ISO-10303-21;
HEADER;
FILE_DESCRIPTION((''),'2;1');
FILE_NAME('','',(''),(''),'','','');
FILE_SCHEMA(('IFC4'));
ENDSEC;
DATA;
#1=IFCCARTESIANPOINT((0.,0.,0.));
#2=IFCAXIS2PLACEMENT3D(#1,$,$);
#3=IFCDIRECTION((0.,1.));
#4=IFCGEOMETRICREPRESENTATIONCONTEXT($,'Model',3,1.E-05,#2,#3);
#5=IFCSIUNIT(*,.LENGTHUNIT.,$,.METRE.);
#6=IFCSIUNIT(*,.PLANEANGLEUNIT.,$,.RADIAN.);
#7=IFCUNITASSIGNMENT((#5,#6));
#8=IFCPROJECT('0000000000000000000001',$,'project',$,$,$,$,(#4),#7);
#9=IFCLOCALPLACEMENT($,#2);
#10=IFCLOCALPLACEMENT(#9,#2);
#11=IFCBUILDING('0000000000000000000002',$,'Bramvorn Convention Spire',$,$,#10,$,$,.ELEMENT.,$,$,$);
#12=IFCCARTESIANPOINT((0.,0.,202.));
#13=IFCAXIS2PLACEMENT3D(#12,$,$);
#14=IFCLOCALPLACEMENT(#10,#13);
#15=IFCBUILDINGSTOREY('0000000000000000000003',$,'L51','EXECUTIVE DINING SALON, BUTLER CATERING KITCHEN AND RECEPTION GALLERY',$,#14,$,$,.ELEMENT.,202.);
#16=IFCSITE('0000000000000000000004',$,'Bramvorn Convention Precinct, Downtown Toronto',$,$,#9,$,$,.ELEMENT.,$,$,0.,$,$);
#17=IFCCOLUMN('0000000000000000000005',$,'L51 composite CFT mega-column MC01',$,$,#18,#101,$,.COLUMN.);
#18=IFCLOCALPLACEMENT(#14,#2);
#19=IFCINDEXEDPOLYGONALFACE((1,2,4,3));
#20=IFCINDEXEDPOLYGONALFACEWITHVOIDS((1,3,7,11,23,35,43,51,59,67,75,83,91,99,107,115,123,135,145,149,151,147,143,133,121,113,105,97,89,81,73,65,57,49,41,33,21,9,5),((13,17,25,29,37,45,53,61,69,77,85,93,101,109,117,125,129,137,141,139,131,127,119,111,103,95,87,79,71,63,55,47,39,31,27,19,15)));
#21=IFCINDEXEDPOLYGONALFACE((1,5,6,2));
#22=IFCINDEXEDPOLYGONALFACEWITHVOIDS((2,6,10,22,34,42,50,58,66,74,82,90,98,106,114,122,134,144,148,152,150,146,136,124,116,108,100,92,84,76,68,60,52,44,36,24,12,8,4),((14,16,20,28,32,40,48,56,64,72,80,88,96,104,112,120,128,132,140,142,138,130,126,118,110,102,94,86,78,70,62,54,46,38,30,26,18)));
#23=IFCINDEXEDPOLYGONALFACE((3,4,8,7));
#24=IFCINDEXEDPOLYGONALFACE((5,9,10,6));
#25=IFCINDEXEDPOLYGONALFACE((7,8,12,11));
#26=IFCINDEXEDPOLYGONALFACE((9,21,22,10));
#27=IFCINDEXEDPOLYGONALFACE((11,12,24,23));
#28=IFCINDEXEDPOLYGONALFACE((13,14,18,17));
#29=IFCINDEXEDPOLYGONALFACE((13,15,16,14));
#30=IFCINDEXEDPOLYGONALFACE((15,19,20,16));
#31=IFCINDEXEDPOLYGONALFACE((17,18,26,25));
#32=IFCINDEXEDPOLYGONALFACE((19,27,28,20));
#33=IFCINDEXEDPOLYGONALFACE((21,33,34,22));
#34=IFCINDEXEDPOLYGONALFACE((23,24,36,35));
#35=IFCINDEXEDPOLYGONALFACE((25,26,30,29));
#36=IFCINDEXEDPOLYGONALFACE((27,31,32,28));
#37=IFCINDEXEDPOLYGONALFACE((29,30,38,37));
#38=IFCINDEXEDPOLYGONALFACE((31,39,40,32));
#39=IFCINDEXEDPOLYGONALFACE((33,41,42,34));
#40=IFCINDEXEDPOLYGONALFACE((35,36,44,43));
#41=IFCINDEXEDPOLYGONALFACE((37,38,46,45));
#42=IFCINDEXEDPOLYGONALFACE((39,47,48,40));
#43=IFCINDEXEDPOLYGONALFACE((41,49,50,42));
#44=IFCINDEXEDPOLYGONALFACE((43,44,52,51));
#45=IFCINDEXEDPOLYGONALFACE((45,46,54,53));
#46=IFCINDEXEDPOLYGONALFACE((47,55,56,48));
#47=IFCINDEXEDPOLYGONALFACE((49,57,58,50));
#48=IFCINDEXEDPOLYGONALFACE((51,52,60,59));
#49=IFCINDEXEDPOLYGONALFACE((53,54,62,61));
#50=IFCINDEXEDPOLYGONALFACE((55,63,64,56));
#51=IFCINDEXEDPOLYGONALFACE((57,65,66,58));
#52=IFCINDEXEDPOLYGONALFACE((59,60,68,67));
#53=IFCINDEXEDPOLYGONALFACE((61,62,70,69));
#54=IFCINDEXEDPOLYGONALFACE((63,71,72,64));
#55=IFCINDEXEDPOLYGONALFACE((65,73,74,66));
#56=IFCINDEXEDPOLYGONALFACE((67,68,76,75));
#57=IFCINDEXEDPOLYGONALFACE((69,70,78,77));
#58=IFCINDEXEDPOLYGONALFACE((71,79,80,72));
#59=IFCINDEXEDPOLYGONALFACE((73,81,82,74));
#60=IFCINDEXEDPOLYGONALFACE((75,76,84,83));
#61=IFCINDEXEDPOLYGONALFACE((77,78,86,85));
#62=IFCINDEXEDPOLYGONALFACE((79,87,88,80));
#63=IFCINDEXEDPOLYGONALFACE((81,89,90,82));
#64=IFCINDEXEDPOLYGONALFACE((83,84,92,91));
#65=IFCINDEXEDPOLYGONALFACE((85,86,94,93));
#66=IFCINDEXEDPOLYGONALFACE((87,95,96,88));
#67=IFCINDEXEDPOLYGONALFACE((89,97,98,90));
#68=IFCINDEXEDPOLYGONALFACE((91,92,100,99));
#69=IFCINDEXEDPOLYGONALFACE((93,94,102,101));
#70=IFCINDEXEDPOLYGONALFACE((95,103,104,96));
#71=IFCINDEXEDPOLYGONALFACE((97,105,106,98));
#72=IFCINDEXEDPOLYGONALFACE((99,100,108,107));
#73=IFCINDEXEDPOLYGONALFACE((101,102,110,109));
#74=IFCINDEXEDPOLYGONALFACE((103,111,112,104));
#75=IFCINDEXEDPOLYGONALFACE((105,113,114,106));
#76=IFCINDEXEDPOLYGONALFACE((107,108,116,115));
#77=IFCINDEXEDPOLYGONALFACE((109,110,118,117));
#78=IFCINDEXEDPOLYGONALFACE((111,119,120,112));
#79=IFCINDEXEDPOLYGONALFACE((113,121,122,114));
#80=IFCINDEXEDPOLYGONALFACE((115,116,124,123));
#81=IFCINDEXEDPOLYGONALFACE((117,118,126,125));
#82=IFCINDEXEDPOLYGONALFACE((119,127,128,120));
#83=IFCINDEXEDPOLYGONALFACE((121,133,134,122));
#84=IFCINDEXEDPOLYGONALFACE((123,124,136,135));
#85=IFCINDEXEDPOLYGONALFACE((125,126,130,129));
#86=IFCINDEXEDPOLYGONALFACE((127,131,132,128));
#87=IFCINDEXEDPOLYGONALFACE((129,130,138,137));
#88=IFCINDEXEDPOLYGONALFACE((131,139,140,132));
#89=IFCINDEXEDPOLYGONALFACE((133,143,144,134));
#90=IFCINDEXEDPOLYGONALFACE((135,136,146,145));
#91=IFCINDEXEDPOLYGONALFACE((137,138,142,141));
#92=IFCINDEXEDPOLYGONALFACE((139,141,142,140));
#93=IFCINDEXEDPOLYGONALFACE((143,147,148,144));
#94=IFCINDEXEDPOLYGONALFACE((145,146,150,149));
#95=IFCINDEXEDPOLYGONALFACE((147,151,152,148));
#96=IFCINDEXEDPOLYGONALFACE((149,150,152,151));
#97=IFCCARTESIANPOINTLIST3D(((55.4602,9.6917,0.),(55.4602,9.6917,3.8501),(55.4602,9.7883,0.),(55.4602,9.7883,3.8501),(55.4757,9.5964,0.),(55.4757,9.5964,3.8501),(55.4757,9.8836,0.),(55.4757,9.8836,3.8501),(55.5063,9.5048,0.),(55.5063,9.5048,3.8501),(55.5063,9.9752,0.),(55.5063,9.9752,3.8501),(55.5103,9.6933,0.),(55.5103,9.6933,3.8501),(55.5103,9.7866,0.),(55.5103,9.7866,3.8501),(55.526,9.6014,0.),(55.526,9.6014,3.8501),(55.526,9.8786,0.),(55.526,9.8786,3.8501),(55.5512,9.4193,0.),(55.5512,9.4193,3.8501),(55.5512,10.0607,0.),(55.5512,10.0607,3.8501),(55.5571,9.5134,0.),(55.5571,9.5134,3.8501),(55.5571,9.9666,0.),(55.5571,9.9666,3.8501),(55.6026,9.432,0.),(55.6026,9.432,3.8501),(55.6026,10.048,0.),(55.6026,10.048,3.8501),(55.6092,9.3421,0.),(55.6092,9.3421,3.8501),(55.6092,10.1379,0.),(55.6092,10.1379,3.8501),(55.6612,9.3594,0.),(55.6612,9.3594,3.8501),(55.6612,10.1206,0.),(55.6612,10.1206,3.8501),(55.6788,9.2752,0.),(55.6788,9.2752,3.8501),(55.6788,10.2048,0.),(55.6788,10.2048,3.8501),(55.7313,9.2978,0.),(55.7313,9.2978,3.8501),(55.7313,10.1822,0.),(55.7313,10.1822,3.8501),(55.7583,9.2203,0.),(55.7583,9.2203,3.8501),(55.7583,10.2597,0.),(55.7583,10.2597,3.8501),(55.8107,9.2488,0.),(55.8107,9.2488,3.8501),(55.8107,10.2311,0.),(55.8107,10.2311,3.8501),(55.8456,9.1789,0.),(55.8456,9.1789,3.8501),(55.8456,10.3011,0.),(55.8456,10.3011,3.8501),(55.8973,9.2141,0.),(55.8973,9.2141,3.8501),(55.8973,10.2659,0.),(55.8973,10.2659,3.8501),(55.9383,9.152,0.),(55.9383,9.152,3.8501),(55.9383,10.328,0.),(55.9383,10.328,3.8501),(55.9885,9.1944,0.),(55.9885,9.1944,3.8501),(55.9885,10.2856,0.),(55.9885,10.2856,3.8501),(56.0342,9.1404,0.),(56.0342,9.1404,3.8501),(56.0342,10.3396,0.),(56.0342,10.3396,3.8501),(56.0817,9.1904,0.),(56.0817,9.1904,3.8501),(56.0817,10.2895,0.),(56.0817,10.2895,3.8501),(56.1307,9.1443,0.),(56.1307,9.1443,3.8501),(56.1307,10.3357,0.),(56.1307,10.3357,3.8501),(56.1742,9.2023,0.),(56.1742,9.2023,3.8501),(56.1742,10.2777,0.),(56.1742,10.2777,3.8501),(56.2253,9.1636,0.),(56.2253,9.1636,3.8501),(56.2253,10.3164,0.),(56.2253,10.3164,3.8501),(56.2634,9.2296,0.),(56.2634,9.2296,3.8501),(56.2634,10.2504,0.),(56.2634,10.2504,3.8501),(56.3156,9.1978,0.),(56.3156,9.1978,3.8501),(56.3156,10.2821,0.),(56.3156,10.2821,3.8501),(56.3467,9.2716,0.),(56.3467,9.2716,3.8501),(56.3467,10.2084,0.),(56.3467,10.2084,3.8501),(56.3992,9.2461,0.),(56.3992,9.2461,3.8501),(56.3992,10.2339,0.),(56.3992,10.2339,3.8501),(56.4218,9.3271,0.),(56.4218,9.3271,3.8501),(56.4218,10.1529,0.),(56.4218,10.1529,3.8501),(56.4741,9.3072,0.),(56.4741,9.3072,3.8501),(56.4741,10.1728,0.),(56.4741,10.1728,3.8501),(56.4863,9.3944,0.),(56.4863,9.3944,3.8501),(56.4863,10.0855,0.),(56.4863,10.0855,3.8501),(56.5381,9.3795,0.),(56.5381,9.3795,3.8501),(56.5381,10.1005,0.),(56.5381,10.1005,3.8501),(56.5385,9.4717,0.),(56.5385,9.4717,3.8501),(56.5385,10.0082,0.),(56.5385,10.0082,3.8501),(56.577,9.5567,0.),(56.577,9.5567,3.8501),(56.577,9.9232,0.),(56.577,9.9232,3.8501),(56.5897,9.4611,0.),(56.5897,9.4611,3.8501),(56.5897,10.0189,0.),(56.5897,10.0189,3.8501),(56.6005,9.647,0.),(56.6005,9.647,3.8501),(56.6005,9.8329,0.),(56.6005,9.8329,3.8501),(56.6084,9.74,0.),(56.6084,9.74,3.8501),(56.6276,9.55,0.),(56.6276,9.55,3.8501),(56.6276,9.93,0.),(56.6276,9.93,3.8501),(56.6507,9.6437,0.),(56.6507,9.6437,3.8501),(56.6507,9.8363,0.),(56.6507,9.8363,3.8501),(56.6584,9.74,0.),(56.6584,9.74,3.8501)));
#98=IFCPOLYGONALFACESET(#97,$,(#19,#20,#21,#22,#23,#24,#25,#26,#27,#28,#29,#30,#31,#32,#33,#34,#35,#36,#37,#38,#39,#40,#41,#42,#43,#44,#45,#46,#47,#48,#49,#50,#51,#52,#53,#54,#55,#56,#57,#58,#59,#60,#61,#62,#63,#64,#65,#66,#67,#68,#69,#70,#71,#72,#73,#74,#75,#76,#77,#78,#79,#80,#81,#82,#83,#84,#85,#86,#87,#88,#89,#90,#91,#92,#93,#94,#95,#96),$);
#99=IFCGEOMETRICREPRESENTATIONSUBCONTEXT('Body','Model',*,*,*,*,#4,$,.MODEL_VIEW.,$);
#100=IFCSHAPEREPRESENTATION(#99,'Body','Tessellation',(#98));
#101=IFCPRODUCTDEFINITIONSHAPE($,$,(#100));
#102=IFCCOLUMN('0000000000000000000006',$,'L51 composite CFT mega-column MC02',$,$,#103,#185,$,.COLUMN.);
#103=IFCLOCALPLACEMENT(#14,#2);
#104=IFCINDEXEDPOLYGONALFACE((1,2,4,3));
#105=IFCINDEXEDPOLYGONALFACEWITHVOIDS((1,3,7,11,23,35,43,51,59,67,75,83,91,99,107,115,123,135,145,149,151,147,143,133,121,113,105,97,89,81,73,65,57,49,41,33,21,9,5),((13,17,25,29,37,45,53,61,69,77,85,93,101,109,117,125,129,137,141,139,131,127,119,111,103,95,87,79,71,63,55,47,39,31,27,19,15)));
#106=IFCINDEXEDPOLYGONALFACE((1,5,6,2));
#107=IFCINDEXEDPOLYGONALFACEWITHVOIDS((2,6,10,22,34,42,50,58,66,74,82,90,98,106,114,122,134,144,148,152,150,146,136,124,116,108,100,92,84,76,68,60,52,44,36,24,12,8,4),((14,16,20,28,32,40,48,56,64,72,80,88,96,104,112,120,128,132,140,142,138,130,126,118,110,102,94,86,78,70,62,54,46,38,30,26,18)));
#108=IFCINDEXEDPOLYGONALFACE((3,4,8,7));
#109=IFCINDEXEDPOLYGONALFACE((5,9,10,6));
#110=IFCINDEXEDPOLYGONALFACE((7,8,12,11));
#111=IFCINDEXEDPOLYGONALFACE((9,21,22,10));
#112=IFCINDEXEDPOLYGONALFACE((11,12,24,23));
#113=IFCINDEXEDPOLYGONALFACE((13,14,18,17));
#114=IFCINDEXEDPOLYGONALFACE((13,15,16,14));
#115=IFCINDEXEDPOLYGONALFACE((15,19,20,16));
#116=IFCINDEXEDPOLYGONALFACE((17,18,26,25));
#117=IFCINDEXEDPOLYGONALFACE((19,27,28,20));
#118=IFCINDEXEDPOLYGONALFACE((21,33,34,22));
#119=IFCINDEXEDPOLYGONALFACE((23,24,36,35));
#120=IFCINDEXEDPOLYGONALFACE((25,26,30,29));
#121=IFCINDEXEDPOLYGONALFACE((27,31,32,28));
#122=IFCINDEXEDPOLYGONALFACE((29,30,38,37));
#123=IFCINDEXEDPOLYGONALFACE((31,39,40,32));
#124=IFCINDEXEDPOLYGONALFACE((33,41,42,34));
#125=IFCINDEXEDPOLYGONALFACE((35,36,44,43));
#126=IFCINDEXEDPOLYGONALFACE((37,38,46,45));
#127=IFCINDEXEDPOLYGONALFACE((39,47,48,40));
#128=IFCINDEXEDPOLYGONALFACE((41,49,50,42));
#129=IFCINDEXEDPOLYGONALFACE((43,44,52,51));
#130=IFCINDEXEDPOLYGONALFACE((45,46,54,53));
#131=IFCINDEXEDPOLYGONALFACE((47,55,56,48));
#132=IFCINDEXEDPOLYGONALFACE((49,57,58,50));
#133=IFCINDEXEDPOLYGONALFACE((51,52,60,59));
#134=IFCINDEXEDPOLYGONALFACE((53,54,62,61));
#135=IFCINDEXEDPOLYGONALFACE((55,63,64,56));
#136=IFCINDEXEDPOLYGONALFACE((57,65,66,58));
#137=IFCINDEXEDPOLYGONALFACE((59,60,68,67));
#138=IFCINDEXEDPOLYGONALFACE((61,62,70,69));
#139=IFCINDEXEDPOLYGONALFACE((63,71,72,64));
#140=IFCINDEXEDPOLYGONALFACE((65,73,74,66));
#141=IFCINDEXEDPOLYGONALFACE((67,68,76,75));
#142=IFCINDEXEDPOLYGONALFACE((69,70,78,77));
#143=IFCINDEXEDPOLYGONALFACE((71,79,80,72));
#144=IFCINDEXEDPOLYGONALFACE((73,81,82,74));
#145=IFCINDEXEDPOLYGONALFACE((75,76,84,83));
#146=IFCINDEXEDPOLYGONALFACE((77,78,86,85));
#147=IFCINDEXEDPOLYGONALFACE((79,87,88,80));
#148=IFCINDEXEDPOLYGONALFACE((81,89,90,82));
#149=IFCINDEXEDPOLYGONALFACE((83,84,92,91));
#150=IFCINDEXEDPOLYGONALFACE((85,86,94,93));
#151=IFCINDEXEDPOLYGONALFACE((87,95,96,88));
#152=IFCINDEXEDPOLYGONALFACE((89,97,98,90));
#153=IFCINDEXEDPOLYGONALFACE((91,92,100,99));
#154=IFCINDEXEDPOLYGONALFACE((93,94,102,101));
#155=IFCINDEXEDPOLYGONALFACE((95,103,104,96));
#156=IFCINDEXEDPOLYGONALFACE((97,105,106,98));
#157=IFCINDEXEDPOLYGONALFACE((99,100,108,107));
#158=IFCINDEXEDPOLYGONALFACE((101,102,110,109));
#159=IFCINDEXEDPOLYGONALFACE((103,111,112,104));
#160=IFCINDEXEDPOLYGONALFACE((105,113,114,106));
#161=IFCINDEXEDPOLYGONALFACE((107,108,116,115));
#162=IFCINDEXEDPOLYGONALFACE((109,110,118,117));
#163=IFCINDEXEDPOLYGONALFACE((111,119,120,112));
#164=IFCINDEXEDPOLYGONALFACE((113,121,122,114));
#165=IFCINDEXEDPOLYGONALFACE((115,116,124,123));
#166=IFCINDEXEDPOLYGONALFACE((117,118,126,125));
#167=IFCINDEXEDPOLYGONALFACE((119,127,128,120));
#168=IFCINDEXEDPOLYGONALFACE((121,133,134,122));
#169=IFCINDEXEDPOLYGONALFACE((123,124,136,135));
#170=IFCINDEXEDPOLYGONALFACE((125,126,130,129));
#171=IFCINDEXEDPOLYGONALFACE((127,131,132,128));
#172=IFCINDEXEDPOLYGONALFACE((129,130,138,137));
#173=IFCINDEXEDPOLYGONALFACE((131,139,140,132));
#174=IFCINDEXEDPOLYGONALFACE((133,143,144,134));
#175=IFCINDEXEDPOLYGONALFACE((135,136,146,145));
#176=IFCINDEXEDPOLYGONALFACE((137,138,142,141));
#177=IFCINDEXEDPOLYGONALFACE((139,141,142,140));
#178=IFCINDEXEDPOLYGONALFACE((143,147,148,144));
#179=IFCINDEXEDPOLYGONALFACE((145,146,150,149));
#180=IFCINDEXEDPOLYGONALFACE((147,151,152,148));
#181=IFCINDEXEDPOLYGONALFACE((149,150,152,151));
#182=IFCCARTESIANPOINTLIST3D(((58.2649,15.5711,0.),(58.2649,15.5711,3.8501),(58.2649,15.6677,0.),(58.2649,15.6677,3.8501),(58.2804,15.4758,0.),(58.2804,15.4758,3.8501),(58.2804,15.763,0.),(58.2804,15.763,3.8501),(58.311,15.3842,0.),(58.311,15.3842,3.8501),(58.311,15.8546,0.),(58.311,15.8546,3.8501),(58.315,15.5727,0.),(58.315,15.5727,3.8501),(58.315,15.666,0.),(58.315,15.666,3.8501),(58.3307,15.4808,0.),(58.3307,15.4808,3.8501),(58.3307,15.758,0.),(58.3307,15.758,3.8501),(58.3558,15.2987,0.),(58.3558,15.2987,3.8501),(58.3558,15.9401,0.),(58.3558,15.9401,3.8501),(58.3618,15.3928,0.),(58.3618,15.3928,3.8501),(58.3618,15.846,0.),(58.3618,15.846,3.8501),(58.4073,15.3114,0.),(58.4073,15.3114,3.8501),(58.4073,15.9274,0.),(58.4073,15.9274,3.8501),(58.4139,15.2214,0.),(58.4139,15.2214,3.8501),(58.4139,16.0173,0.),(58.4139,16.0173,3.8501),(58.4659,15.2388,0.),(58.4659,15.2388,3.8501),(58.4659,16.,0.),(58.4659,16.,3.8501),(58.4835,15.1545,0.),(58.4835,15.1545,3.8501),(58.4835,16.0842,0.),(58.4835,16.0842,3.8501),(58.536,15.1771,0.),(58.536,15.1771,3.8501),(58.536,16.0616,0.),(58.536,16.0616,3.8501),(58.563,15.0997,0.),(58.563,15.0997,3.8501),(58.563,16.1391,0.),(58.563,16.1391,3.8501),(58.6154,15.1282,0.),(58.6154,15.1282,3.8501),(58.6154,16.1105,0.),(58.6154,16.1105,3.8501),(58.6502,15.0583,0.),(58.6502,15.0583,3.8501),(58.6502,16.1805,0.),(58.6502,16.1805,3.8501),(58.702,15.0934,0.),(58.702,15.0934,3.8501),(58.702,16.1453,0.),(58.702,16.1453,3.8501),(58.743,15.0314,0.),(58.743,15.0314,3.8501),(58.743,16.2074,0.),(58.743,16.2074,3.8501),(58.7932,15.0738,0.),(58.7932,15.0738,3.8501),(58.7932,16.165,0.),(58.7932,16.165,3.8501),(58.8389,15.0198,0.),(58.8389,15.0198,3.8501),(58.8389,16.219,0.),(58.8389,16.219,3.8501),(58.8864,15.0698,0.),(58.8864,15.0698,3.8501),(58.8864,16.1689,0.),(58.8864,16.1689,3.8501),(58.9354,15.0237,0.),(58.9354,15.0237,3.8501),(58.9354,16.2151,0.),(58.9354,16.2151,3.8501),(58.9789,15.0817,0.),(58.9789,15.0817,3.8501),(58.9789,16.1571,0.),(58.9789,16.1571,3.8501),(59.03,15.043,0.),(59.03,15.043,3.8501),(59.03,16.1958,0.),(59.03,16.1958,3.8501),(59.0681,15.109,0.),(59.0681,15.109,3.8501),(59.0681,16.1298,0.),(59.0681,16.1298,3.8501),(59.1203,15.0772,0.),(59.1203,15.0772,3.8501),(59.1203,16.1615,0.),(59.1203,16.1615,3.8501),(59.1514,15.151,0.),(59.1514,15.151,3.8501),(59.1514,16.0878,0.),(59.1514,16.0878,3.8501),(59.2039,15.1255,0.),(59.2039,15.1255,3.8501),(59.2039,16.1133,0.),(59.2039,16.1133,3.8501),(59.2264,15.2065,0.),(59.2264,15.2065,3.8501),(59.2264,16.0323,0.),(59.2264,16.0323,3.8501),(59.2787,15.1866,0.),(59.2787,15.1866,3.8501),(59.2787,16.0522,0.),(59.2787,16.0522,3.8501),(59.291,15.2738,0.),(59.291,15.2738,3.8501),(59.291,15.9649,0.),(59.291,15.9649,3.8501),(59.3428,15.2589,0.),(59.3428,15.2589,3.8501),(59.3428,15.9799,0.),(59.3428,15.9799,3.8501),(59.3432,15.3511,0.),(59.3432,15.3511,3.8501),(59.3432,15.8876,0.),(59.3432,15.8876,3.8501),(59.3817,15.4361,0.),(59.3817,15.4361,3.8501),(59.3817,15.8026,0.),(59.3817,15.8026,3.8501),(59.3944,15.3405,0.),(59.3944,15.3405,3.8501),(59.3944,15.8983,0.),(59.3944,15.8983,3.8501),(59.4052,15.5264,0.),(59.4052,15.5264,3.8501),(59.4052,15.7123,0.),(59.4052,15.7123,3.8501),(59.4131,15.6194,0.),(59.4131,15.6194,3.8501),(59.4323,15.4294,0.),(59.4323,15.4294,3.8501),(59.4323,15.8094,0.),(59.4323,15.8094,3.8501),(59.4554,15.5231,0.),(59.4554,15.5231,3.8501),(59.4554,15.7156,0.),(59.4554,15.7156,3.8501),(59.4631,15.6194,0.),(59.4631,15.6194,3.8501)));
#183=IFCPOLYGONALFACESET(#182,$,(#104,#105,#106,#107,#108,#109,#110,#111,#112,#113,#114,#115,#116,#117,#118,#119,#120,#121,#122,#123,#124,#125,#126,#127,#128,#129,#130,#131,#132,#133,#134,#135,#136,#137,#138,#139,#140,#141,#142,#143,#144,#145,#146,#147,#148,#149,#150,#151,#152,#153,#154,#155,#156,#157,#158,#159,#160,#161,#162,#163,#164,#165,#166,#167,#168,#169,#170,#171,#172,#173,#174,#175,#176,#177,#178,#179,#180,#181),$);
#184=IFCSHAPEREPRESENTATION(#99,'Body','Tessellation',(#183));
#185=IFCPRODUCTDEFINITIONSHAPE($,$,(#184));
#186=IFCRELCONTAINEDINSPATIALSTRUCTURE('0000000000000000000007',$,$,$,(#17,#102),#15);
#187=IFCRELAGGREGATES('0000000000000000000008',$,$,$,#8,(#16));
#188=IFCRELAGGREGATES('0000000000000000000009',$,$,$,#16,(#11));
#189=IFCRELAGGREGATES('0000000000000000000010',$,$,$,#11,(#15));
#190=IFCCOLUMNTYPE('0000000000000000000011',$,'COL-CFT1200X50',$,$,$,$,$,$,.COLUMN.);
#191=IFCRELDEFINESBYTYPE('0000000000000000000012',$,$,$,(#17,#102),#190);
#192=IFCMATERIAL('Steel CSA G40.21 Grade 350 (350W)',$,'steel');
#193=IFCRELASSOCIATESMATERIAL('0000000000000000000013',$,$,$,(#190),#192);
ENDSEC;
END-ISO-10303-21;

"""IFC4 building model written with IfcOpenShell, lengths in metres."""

from ifc_helpers import new_model, si_unit, direction, frame, origin, origin_2d, place, context, subcontext, project, spatial, hollow_circle, extrude, material, material_profile, profile_set, type_object, element, save


model = new_model("IFC4")

# Units and contexts
model_context = context("Model", 3, precision=1e-05, world=origin(), true_north=direction((0.0, 1.0)))
body_context = subcontext(model_context, "Body", "Model", "MODEL_VIEW")
ifc_project = project(units=[si_unit("LENGTHUNIT", "METRE"), si_unit("PLANEANGLEUNIT", "RADIAN")], contexts=[model_context])

# Site, building, storey
site_placement = place(None, origin())
site = spatial("IfcSite", under=ifc_project, at=site_placement, Name="Bramvorn Convention Precinct, Downtown Toronto", CompositionType="ELEMENT", RefElevation=0.0)
building_placement = place(site_placement, origin())
building = spatial("IfcBuilding", under=site, at=building_placement, Name="Bramvorn Convention Spire", CompositionType="ELEMENT")
storey_placement = place(building_placement, frame((0.0, 0.0, 202.0)))
storey = spatial("IfcBuildingStorey", under=building, at=storey_placement, Name="L51", Description="EXECUTIVE DINING SALON, BUTLER CATERING KITCHEN AND RECEPTION GALLERY", CompositionType="ELEMENT", Elevation=202.0)

# Columns
ifc_material_1 = material(Name="Steel CSA G40.21 Grade 350 (350W)", Category="steel")
ifc_material_profile_1 = material_profile(ifc_material_1, hollow_circle(Radius=0.6001, WallThickness=0.05, at=origin_2d()))
ifc_profile_set_1 = profile_set([ifc_material_profile_1], Name="Steel CSA G40.21 Grade 350 (350W) - CFT1200X50")
column_type = type_object("IfcColumnType", Name="COL-CFT1200X50", PredefinedType="COLUMN", material=ifc_profile_set_1)
for number, where, z_axis, x_axis, name in (
    (1, (56.0583, 9.74, 0.0), (0.0, 0.0, 1.0), (1.0, 0.0, 0.0), "L51 composite CFT mega-column MC01"),
    (2, (58.863, 15.6194, 0.0), (0.0, 0.0, 1.0), (1.0, 0.0, 0.0), "L51 composite CFT mega-column MC02"),
):
    element("IfcColumn", number, at=place(storey_placement, frame(where, z_axis=z_axis, x_axis=x_axis)), inside=storey, type_object=column_type, Name=name, PredefinedType="COLUMN", context=body_context, shape_type="SweptSolid", body=[
        extrude(hollow_circle(Radius=0.6001, WallThickness=0.05, at=origin_2d()), origin(), (0.0, 0.0, 1.0), 3.8501),
    ])

save(model, "model.ifc")
